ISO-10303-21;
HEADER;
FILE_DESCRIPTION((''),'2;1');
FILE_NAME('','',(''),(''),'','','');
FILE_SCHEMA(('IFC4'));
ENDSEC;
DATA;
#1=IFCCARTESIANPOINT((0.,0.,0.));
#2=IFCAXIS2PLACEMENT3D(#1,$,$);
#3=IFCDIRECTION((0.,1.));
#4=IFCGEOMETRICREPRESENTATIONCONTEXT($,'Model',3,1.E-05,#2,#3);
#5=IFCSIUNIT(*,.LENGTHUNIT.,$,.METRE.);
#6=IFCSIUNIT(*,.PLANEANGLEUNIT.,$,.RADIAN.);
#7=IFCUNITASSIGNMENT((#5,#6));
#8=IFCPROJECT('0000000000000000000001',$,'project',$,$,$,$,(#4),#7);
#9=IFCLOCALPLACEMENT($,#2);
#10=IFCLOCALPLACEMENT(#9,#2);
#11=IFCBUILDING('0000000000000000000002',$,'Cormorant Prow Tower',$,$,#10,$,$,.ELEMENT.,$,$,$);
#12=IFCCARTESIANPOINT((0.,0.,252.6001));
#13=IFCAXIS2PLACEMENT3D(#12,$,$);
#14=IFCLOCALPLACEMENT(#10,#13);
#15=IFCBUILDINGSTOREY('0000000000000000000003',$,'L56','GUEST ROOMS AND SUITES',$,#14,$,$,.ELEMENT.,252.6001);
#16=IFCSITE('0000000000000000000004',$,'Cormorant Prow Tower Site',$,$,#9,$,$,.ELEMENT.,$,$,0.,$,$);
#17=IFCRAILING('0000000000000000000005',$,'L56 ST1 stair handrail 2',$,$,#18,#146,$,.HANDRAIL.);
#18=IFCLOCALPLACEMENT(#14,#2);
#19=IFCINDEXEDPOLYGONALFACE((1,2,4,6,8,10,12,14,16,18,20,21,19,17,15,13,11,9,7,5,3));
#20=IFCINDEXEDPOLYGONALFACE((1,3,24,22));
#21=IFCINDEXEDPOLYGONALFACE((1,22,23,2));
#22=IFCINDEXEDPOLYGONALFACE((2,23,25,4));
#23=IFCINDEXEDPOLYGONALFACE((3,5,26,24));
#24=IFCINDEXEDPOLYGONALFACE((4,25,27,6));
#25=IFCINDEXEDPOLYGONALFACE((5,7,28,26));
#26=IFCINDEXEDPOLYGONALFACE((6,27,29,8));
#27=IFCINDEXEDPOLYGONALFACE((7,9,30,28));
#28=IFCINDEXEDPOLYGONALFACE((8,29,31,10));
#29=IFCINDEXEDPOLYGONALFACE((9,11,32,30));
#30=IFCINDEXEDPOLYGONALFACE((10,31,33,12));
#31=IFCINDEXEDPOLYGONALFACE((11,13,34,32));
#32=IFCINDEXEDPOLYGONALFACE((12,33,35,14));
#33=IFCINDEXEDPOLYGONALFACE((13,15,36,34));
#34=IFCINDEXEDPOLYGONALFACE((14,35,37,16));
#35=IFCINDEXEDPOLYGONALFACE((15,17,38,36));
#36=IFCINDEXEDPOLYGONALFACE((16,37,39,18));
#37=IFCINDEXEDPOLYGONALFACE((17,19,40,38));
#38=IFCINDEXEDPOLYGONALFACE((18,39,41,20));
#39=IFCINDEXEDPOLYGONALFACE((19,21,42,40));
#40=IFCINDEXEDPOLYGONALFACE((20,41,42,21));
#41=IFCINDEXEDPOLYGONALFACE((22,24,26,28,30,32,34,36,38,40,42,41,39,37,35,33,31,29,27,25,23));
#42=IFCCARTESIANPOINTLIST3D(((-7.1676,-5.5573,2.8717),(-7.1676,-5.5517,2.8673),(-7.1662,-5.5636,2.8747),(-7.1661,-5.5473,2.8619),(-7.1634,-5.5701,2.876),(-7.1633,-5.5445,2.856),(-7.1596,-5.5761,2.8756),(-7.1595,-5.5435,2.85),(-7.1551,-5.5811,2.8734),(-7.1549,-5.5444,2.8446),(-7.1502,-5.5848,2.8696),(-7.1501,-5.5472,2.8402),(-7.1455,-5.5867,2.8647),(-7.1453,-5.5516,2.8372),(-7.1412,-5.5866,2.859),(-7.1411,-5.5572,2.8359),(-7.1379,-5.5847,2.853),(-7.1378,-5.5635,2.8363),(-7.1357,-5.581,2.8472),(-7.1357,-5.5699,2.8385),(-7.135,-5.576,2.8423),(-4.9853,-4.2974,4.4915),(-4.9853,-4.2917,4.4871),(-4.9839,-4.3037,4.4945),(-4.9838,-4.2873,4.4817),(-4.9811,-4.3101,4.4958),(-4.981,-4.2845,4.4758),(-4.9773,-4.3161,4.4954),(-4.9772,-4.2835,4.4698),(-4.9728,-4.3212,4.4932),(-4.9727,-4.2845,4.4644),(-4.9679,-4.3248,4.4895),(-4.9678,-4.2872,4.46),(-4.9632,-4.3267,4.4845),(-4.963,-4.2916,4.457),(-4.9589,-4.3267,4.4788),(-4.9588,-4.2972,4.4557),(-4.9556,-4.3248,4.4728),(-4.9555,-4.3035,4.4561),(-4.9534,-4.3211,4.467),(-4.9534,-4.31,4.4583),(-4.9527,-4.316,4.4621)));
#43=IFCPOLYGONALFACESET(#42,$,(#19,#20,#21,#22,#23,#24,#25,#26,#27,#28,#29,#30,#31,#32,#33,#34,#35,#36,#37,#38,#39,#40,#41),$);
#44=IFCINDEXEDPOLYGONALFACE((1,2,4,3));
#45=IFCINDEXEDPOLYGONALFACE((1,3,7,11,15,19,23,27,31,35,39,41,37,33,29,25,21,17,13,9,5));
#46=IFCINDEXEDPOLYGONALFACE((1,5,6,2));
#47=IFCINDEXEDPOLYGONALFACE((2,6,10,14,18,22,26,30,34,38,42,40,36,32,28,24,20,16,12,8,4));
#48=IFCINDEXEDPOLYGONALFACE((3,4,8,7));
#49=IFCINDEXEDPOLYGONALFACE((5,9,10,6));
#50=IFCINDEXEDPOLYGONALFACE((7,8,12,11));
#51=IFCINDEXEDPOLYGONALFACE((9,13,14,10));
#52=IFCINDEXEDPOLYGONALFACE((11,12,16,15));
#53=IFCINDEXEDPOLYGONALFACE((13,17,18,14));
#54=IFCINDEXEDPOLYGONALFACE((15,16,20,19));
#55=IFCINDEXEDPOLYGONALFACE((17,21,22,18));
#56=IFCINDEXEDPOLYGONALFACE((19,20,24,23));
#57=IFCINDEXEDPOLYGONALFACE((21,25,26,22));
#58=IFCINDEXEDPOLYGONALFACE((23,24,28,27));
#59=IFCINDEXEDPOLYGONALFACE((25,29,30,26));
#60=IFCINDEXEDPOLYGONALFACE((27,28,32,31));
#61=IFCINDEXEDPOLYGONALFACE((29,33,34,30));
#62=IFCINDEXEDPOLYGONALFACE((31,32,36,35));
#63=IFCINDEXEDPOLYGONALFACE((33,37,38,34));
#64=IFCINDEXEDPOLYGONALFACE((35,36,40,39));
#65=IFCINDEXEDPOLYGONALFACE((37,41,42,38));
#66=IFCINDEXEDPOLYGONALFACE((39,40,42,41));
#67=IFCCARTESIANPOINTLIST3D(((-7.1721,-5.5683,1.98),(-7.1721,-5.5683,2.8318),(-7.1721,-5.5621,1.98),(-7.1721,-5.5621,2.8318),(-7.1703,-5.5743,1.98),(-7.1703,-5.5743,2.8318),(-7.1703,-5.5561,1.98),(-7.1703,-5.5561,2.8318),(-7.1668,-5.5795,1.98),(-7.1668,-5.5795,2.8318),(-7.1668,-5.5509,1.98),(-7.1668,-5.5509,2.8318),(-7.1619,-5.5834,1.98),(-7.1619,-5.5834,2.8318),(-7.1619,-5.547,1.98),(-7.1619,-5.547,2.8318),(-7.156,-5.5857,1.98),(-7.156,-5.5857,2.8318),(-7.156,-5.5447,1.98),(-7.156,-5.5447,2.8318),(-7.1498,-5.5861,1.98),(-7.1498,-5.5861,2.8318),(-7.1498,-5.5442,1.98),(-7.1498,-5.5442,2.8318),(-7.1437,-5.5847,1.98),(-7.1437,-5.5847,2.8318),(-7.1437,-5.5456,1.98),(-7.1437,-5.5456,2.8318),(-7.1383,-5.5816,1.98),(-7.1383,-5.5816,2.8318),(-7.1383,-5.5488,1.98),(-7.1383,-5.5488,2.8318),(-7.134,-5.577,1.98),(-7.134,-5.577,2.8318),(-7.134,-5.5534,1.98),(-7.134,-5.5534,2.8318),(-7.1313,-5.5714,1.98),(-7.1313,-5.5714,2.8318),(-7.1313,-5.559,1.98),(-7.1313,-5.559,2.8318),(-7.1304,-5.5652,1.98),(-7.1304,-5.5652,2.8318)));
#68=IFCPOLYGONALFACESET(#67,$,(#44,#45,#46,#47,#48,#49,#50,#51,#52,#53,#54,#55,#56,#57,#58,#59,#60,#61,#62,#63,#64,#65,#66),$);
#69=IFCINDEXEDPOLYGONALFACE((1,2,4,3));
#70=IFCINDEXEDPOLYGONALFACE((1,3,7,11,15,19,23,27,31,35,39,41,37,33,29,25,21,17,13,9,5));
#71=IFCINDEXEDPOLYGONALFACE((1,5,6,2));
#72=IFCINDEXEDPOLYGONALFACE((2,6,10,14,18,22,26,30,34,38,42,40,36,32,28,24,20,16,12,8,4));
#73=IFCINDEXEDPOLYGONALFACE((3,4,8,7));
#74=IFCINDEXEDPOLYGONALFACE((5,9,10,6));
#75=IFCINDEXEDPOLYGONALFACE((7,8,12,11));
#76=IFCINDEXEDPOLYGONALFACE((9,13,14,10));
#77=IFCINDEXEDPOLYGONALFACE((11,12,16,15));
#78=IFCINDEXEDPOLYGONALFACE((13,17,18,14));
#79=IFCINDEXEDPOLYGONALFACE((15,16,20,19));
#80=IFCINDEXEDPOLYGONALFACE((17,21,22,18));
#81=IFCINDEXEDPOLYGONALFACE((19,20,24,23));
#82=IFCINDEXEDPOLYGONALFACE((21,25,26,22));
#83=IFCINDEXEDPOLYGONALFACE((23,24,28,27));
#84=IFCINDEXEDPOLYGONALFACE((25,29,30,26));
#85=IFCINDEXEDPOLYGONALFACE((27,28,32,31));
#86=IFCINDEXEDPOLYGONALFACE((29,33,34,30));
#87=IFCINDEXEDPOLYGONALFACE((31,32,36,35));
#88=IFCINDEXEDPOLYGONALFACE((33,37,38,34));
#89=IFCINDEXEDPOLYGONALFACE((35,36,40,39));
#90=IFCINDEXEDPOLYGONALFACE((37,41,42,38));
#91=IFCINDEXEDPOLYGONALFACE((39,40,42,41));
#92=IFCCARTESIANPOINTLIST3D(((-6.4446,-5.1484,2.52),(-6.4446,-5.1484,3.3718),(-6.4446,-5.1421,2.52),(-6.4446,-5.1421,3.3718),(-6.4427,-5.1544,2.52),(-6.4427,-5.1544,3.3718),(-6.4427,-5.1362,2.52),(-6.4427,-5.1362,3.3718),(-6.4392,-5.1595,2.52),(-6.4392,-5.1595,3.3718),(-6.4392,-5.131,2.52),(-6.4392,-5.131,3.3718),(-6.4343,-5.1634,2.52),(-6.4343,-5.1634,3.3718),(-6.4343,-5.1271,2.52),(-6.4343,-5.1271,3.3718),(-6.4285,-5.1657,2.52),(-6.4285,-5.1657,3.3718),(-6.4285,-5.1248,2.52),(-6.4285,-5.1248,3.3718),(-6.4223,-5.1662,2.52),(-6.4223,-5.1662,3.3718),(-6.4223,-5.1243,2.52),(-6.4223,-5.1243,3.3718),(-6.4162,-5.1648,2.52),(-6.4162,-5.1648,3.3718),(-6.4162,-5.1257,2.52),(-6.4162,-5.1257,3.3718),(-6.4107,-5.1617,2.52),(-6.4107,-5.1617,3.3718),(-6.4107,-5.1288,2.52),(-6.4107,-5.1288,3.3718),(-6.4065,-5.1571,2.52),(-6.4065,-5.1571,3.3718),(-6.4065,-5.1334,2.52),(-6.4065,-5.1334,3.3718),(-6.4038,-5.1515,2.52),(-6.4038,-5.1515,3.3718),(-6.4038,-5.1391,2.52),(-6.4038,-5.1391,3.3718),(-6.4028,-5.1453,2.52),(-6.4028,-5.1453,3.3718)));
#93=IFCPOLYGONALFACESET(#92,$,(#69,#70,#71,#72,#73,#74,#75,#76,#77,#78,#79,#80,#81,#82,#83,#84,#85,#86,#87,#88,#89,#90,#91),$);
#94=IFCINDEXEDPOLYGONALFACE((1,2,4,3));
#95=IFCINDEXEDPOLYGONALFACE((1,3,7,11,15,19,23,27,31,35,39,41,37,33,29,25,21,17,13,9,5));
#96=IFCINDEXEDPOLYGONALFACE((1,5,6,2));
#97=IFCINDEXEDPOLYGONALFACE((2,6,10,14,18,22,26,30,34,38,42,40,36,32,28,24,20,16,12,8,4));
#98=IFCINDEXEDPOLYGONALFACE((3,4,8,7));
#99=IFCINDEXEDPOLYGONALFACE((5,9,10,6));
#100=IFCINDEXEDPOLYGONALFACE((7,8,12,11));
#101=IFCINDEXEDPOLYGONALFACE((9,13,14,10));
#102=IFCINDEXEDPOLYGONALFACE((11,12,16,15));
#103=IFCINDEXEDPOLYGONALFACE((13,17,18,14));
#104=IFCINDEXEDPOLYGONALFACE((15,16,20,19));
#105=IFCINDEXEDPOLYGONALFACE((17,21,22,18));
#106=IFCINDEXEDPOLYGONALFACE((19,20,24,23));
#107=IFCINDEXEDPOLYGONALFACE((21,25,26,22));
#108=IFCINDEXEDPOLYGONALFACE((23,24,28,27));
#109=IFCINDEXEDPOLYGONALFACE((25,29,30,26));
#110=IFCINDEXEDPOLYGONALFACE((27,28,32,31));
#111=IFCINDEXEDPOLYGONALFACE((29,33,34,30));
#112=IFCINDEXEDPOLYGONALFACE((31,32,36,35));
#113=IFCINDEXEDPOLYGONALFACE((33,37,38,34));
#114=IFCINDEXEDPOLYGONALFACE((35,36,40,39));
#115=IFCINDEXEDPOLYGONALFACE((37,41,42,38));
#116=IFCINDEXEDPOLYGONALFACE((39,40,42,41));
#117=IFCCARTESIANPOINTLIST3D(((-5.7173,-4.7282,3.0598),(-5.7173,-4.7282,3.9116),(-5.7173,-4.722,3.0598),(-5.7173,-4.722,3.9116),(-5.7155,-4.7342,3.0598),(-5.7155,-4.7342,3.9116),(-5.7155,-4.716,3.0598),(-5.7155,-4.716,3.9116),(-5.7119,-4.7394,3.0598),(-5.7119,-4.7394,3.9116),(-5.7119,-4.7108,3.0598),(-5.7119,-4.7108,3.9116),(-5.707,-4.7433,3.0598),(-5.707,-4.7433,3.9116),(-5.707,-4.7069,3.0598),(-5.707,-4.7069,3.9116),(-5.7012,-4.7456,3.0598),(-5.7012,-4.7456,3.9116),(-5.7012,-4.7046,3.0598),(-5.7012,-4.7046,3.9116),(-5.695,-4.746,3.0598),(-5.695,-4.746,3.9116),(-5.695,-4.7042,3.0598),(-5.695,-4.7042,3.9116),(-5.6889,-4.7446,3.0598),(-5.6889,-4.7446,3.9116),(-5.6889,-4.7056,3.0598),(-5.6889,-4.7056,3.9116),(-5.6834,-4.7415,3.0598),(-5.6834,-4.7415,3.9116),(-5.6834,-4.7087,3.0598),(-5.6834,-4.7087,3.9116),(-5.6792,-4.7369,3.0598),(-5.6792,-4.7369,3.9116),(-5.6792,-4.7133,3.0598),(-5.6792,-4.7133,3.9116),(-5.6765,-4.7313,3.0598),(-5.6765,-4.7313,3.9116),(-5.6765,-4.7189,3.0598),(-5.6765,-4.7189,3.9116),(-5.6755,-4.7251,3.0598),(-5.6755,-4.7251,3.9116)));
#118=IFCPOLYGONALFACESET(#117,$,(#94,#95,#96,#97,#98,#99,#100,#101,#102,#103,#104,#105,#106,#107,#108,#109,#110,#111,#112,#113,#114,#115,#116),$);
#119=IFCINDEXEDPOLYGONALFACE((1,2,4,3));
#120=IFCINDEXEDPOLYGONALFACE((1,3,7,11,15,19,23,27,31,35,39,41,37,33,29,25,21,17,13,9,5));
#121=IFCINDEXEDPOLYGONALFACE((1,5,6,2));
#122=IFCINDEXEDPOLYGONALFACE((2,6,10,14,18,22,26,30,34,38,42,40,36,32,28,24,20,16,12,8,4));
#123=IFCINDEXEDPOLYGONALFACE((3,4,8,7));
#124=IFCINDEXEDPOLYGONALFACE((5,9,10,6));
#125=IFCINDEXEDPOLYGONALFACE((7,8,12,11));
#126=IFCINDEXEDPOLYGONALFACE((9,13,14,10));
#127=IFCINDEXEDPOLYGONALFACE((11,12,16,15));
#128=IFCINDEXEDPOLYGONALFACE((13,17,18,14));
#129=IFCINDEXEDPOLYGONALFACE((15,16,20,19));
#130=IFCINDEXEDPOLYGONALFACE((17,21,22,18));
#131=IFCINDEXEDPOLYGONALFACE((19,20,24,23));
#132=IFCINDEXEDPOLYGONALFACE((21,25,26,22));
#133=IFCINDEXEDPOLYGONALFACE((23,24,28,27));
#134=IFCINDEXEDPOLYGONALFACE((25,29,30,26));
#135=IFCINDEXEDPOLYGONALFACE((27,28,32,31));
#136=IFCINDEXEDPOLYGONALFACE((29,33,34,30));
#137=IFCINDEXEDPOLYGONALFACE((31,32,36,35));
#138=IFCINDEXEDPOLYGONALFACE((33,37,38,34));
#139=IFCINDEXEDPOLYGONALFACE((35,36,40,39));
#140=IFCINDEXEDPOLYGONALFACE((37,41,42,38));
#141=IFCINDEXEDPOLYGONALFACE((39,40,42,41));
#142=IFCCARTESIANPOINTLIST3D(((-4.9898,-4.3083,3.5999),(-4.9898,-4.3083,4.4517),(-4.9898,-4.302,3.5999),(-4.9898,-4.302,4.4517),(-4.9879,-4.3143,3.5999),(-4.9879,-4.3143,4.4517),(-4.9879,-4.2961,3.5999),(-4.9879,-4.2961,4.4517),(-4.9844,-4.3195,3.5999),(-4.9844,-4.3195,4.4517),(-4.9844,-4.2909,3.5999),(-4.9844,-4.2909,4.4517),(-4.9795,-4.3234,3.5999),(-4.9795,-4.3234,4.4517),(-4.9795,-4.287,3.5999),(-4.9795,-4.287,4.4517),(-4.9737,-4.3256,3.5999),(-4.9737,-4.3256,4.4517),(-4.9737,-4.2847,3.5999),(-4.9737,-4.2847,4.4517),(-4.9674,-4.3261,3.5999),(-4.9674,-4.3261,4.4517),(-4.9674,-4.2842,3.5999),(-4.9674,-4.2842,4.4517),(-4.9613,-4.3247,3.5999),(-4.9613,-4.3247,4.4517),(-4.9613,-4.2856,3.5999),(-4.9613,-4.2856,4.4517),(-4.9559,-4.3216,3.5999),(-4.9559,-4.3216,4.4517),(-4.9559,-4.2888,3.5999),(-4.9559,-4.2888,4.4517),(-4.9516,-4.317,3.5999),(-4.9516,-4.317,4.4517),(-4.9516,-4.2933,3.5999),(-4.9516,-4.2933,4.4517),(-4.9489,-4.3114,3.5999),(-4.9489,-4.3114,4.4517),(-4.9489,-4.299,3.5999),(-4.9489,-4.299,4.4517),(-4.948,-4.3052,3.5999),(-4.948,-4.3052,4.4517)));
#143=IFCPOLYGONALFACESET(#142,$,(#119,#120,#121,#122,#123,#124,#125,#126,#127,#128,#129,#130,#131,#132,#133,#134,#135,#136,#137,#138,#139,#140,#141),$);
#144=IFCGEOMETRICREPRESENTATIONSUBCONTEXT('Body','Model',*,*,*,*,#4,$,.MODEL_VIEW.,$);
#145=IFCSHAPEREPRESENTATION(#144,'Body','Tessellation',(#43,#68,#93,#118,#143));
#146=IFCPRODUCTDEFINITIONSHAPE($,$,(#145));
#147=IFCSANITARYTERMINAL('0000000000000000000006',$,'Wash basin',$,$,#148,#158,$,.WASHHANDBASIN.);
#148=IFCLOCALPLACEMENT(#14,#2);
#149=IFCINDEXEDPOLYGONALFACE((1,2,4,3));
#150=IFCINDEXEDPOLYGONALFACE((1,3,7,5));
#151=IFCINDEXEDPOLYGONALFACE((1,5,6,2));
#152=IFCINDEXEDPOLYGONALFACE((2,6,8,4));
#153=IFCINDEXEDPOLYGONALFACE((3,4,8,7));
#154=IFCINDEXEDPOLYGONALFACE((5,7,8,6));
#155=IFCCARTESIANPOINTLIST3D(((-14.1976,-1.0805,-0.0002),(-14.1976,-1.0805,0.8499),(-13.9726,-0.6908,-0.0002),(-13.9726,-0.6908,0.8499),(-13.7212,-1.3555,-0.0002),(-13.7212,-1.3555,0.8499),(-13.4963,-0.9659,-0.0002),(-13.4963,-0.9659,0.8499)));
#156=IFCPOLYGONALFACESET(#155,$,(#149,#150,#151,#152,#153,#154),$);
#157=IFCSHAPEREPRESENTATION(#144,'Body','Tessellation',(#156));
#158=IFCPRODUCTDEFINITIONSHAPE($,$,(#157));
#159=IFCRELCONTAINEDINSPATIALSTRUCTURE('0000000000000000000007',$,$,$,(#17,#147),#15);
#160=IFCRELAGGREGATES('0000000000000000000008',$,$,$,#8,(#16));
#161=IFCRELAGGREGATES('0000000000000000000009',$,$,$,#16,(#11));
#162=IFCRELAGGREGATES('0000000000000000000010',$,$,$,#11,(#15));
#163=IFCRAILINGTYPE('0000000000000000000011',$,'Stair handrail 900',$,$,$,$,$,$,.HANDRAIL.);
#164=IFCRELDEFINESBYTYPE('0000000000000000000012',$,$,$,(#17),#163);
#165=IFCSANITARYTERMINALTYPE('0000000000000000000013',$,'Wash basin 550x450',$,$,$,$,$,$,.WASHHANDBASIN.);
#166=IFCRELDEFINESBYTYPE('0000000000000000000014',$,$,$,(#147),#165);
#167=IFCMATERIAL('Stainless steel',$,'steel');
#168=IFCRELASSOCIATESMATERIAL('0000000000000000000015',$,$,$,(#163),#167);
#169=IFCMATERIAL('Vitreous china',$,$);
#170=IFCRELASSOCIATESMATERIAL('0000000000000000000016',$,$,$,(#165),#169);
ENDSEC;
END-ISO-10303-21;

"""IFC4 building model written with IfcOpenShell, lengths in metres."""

from ifc_helpers import new_model, si_unit, direction, frame, origin, origin_2d, place, context, subcontext, project, spatial, rectangle, circle, extrude, material, type_object, element, save


model = new_model("IFC4")

# Units and contexts
model_context = context("Model", 3, precision=1e-05, world=origin(), true_north=direction((0.0, 1.0)))
body_context = subcontext(model_context, "Body", "Model", "MODEL_VIEW")
ifc_project = project(units=[si_unit("LENGTHUNIT", "METRE"), si_unit("PLANEANGLEUNIT", "RADIAN")], contexts=[model_context])

# Site, building, storey
site_placement = place(None, origin())
site = spatial("IfcSite", under=ifc_project, at=site_placement, Name="Cormorant Prow Tower Site", CompositionType="ELEMENT", RefElevation=0.0)
building_placement = place(site_placement, origin())
building = spatial("IfcBuilding", under=site, at=building_placement, Name="Cormorant Prow Tower", CompositionType="ELEMENT")
storey_placement = place(building_placement, frame((0.0, 0.0, 252.6001)))
storey = spatial("IfcBuildingStorey", under=building, at=storey_placement, Name="L56", Description="GUEST ROOMS AND SUITES", CompositionType="ELEMENT", Elevation=252.6001)

# Railing
ifc_material_1 = material(Name="Stainless steel", Category="steel")
railing_type_1 = type_object("IfcRailingType", Name="Stair handrail 900", PredefinedType="HANDRAIL", material=ifc_material_1)
railing_1_placement = place(storey_placement, frame((-7.1514, -5.5652, 1.98)))
element("IfcRailing", 1, at=railing_1_placement, inside=storey, type_object=railing_type_1, Name="L56 ST1 stair handrail 2", PredefinedType="HANDRAIL", context=body_context, shape_type="SweptSolid", body=[
    extrude(circle(Radius=0.0239, at=origin_2d()), frame((0.0, 0.0, 0.876), z_axis=(0.728496, 0.420603, 0.540728), x_axis=(-0.500005, 0.866023, 0.0)), (0.0, 0.0, 1.0), 2.9956),
    extrude(circle(Radius=0.021, at=origin_2d()), origin(), (0.0, 0.0, 1.0), 0.8518),
    extrude(circle(Radius=0.021, at=origin_2d()), frame((0.7275, 0.4199, 0.54)), (0.0, 0.0, 1.0), 0.8518),
    extrude(circle(Radius=0.021, at=origin_2d()), frame((1.4548, 0.8401, 1.0798)), (0.0, 0.0, 1.0), 0.8518),
    extrude(circle(Radius=0.021, at=origin_2d()), frame((2.1824, 1.26, 1.6199)), (0.0, 0.0, 1.0), 0.8518),
])

# Sanitary terminal
ifc_material_2 = material(Name="Vitreous china")
sanitary_terminal_type = type_object("IfcSanitaryTerminalType", Name="Wash basin 550x450", PredefinedType="WASHHANDBASIN", material=ifc_material_2)
sanitary_terminal_placement = place(storey_placement, frame((-13.8469, -1.0232, -0.0002), z_axis=(0.0, 0.0, 1.0), x_axis=(-0.866025, 0.5, 0.0)))
element("IfcSanitaryTerminal", 2, at=sanitary_terminal_placement, inside=storey, type_object=sanitary_terminal_type, Name="Wash basin", PredefinedType="WASHHANDBASIN", context=body_context, shape_type="SweptSolid", body=[
    extrude(rectangle(XDim=0.55, YDim=0.45, at=origin_2d()), origin(), (0.0, 0.0, 1.0), 0.8501),
])

save(model, "model.ifc")
